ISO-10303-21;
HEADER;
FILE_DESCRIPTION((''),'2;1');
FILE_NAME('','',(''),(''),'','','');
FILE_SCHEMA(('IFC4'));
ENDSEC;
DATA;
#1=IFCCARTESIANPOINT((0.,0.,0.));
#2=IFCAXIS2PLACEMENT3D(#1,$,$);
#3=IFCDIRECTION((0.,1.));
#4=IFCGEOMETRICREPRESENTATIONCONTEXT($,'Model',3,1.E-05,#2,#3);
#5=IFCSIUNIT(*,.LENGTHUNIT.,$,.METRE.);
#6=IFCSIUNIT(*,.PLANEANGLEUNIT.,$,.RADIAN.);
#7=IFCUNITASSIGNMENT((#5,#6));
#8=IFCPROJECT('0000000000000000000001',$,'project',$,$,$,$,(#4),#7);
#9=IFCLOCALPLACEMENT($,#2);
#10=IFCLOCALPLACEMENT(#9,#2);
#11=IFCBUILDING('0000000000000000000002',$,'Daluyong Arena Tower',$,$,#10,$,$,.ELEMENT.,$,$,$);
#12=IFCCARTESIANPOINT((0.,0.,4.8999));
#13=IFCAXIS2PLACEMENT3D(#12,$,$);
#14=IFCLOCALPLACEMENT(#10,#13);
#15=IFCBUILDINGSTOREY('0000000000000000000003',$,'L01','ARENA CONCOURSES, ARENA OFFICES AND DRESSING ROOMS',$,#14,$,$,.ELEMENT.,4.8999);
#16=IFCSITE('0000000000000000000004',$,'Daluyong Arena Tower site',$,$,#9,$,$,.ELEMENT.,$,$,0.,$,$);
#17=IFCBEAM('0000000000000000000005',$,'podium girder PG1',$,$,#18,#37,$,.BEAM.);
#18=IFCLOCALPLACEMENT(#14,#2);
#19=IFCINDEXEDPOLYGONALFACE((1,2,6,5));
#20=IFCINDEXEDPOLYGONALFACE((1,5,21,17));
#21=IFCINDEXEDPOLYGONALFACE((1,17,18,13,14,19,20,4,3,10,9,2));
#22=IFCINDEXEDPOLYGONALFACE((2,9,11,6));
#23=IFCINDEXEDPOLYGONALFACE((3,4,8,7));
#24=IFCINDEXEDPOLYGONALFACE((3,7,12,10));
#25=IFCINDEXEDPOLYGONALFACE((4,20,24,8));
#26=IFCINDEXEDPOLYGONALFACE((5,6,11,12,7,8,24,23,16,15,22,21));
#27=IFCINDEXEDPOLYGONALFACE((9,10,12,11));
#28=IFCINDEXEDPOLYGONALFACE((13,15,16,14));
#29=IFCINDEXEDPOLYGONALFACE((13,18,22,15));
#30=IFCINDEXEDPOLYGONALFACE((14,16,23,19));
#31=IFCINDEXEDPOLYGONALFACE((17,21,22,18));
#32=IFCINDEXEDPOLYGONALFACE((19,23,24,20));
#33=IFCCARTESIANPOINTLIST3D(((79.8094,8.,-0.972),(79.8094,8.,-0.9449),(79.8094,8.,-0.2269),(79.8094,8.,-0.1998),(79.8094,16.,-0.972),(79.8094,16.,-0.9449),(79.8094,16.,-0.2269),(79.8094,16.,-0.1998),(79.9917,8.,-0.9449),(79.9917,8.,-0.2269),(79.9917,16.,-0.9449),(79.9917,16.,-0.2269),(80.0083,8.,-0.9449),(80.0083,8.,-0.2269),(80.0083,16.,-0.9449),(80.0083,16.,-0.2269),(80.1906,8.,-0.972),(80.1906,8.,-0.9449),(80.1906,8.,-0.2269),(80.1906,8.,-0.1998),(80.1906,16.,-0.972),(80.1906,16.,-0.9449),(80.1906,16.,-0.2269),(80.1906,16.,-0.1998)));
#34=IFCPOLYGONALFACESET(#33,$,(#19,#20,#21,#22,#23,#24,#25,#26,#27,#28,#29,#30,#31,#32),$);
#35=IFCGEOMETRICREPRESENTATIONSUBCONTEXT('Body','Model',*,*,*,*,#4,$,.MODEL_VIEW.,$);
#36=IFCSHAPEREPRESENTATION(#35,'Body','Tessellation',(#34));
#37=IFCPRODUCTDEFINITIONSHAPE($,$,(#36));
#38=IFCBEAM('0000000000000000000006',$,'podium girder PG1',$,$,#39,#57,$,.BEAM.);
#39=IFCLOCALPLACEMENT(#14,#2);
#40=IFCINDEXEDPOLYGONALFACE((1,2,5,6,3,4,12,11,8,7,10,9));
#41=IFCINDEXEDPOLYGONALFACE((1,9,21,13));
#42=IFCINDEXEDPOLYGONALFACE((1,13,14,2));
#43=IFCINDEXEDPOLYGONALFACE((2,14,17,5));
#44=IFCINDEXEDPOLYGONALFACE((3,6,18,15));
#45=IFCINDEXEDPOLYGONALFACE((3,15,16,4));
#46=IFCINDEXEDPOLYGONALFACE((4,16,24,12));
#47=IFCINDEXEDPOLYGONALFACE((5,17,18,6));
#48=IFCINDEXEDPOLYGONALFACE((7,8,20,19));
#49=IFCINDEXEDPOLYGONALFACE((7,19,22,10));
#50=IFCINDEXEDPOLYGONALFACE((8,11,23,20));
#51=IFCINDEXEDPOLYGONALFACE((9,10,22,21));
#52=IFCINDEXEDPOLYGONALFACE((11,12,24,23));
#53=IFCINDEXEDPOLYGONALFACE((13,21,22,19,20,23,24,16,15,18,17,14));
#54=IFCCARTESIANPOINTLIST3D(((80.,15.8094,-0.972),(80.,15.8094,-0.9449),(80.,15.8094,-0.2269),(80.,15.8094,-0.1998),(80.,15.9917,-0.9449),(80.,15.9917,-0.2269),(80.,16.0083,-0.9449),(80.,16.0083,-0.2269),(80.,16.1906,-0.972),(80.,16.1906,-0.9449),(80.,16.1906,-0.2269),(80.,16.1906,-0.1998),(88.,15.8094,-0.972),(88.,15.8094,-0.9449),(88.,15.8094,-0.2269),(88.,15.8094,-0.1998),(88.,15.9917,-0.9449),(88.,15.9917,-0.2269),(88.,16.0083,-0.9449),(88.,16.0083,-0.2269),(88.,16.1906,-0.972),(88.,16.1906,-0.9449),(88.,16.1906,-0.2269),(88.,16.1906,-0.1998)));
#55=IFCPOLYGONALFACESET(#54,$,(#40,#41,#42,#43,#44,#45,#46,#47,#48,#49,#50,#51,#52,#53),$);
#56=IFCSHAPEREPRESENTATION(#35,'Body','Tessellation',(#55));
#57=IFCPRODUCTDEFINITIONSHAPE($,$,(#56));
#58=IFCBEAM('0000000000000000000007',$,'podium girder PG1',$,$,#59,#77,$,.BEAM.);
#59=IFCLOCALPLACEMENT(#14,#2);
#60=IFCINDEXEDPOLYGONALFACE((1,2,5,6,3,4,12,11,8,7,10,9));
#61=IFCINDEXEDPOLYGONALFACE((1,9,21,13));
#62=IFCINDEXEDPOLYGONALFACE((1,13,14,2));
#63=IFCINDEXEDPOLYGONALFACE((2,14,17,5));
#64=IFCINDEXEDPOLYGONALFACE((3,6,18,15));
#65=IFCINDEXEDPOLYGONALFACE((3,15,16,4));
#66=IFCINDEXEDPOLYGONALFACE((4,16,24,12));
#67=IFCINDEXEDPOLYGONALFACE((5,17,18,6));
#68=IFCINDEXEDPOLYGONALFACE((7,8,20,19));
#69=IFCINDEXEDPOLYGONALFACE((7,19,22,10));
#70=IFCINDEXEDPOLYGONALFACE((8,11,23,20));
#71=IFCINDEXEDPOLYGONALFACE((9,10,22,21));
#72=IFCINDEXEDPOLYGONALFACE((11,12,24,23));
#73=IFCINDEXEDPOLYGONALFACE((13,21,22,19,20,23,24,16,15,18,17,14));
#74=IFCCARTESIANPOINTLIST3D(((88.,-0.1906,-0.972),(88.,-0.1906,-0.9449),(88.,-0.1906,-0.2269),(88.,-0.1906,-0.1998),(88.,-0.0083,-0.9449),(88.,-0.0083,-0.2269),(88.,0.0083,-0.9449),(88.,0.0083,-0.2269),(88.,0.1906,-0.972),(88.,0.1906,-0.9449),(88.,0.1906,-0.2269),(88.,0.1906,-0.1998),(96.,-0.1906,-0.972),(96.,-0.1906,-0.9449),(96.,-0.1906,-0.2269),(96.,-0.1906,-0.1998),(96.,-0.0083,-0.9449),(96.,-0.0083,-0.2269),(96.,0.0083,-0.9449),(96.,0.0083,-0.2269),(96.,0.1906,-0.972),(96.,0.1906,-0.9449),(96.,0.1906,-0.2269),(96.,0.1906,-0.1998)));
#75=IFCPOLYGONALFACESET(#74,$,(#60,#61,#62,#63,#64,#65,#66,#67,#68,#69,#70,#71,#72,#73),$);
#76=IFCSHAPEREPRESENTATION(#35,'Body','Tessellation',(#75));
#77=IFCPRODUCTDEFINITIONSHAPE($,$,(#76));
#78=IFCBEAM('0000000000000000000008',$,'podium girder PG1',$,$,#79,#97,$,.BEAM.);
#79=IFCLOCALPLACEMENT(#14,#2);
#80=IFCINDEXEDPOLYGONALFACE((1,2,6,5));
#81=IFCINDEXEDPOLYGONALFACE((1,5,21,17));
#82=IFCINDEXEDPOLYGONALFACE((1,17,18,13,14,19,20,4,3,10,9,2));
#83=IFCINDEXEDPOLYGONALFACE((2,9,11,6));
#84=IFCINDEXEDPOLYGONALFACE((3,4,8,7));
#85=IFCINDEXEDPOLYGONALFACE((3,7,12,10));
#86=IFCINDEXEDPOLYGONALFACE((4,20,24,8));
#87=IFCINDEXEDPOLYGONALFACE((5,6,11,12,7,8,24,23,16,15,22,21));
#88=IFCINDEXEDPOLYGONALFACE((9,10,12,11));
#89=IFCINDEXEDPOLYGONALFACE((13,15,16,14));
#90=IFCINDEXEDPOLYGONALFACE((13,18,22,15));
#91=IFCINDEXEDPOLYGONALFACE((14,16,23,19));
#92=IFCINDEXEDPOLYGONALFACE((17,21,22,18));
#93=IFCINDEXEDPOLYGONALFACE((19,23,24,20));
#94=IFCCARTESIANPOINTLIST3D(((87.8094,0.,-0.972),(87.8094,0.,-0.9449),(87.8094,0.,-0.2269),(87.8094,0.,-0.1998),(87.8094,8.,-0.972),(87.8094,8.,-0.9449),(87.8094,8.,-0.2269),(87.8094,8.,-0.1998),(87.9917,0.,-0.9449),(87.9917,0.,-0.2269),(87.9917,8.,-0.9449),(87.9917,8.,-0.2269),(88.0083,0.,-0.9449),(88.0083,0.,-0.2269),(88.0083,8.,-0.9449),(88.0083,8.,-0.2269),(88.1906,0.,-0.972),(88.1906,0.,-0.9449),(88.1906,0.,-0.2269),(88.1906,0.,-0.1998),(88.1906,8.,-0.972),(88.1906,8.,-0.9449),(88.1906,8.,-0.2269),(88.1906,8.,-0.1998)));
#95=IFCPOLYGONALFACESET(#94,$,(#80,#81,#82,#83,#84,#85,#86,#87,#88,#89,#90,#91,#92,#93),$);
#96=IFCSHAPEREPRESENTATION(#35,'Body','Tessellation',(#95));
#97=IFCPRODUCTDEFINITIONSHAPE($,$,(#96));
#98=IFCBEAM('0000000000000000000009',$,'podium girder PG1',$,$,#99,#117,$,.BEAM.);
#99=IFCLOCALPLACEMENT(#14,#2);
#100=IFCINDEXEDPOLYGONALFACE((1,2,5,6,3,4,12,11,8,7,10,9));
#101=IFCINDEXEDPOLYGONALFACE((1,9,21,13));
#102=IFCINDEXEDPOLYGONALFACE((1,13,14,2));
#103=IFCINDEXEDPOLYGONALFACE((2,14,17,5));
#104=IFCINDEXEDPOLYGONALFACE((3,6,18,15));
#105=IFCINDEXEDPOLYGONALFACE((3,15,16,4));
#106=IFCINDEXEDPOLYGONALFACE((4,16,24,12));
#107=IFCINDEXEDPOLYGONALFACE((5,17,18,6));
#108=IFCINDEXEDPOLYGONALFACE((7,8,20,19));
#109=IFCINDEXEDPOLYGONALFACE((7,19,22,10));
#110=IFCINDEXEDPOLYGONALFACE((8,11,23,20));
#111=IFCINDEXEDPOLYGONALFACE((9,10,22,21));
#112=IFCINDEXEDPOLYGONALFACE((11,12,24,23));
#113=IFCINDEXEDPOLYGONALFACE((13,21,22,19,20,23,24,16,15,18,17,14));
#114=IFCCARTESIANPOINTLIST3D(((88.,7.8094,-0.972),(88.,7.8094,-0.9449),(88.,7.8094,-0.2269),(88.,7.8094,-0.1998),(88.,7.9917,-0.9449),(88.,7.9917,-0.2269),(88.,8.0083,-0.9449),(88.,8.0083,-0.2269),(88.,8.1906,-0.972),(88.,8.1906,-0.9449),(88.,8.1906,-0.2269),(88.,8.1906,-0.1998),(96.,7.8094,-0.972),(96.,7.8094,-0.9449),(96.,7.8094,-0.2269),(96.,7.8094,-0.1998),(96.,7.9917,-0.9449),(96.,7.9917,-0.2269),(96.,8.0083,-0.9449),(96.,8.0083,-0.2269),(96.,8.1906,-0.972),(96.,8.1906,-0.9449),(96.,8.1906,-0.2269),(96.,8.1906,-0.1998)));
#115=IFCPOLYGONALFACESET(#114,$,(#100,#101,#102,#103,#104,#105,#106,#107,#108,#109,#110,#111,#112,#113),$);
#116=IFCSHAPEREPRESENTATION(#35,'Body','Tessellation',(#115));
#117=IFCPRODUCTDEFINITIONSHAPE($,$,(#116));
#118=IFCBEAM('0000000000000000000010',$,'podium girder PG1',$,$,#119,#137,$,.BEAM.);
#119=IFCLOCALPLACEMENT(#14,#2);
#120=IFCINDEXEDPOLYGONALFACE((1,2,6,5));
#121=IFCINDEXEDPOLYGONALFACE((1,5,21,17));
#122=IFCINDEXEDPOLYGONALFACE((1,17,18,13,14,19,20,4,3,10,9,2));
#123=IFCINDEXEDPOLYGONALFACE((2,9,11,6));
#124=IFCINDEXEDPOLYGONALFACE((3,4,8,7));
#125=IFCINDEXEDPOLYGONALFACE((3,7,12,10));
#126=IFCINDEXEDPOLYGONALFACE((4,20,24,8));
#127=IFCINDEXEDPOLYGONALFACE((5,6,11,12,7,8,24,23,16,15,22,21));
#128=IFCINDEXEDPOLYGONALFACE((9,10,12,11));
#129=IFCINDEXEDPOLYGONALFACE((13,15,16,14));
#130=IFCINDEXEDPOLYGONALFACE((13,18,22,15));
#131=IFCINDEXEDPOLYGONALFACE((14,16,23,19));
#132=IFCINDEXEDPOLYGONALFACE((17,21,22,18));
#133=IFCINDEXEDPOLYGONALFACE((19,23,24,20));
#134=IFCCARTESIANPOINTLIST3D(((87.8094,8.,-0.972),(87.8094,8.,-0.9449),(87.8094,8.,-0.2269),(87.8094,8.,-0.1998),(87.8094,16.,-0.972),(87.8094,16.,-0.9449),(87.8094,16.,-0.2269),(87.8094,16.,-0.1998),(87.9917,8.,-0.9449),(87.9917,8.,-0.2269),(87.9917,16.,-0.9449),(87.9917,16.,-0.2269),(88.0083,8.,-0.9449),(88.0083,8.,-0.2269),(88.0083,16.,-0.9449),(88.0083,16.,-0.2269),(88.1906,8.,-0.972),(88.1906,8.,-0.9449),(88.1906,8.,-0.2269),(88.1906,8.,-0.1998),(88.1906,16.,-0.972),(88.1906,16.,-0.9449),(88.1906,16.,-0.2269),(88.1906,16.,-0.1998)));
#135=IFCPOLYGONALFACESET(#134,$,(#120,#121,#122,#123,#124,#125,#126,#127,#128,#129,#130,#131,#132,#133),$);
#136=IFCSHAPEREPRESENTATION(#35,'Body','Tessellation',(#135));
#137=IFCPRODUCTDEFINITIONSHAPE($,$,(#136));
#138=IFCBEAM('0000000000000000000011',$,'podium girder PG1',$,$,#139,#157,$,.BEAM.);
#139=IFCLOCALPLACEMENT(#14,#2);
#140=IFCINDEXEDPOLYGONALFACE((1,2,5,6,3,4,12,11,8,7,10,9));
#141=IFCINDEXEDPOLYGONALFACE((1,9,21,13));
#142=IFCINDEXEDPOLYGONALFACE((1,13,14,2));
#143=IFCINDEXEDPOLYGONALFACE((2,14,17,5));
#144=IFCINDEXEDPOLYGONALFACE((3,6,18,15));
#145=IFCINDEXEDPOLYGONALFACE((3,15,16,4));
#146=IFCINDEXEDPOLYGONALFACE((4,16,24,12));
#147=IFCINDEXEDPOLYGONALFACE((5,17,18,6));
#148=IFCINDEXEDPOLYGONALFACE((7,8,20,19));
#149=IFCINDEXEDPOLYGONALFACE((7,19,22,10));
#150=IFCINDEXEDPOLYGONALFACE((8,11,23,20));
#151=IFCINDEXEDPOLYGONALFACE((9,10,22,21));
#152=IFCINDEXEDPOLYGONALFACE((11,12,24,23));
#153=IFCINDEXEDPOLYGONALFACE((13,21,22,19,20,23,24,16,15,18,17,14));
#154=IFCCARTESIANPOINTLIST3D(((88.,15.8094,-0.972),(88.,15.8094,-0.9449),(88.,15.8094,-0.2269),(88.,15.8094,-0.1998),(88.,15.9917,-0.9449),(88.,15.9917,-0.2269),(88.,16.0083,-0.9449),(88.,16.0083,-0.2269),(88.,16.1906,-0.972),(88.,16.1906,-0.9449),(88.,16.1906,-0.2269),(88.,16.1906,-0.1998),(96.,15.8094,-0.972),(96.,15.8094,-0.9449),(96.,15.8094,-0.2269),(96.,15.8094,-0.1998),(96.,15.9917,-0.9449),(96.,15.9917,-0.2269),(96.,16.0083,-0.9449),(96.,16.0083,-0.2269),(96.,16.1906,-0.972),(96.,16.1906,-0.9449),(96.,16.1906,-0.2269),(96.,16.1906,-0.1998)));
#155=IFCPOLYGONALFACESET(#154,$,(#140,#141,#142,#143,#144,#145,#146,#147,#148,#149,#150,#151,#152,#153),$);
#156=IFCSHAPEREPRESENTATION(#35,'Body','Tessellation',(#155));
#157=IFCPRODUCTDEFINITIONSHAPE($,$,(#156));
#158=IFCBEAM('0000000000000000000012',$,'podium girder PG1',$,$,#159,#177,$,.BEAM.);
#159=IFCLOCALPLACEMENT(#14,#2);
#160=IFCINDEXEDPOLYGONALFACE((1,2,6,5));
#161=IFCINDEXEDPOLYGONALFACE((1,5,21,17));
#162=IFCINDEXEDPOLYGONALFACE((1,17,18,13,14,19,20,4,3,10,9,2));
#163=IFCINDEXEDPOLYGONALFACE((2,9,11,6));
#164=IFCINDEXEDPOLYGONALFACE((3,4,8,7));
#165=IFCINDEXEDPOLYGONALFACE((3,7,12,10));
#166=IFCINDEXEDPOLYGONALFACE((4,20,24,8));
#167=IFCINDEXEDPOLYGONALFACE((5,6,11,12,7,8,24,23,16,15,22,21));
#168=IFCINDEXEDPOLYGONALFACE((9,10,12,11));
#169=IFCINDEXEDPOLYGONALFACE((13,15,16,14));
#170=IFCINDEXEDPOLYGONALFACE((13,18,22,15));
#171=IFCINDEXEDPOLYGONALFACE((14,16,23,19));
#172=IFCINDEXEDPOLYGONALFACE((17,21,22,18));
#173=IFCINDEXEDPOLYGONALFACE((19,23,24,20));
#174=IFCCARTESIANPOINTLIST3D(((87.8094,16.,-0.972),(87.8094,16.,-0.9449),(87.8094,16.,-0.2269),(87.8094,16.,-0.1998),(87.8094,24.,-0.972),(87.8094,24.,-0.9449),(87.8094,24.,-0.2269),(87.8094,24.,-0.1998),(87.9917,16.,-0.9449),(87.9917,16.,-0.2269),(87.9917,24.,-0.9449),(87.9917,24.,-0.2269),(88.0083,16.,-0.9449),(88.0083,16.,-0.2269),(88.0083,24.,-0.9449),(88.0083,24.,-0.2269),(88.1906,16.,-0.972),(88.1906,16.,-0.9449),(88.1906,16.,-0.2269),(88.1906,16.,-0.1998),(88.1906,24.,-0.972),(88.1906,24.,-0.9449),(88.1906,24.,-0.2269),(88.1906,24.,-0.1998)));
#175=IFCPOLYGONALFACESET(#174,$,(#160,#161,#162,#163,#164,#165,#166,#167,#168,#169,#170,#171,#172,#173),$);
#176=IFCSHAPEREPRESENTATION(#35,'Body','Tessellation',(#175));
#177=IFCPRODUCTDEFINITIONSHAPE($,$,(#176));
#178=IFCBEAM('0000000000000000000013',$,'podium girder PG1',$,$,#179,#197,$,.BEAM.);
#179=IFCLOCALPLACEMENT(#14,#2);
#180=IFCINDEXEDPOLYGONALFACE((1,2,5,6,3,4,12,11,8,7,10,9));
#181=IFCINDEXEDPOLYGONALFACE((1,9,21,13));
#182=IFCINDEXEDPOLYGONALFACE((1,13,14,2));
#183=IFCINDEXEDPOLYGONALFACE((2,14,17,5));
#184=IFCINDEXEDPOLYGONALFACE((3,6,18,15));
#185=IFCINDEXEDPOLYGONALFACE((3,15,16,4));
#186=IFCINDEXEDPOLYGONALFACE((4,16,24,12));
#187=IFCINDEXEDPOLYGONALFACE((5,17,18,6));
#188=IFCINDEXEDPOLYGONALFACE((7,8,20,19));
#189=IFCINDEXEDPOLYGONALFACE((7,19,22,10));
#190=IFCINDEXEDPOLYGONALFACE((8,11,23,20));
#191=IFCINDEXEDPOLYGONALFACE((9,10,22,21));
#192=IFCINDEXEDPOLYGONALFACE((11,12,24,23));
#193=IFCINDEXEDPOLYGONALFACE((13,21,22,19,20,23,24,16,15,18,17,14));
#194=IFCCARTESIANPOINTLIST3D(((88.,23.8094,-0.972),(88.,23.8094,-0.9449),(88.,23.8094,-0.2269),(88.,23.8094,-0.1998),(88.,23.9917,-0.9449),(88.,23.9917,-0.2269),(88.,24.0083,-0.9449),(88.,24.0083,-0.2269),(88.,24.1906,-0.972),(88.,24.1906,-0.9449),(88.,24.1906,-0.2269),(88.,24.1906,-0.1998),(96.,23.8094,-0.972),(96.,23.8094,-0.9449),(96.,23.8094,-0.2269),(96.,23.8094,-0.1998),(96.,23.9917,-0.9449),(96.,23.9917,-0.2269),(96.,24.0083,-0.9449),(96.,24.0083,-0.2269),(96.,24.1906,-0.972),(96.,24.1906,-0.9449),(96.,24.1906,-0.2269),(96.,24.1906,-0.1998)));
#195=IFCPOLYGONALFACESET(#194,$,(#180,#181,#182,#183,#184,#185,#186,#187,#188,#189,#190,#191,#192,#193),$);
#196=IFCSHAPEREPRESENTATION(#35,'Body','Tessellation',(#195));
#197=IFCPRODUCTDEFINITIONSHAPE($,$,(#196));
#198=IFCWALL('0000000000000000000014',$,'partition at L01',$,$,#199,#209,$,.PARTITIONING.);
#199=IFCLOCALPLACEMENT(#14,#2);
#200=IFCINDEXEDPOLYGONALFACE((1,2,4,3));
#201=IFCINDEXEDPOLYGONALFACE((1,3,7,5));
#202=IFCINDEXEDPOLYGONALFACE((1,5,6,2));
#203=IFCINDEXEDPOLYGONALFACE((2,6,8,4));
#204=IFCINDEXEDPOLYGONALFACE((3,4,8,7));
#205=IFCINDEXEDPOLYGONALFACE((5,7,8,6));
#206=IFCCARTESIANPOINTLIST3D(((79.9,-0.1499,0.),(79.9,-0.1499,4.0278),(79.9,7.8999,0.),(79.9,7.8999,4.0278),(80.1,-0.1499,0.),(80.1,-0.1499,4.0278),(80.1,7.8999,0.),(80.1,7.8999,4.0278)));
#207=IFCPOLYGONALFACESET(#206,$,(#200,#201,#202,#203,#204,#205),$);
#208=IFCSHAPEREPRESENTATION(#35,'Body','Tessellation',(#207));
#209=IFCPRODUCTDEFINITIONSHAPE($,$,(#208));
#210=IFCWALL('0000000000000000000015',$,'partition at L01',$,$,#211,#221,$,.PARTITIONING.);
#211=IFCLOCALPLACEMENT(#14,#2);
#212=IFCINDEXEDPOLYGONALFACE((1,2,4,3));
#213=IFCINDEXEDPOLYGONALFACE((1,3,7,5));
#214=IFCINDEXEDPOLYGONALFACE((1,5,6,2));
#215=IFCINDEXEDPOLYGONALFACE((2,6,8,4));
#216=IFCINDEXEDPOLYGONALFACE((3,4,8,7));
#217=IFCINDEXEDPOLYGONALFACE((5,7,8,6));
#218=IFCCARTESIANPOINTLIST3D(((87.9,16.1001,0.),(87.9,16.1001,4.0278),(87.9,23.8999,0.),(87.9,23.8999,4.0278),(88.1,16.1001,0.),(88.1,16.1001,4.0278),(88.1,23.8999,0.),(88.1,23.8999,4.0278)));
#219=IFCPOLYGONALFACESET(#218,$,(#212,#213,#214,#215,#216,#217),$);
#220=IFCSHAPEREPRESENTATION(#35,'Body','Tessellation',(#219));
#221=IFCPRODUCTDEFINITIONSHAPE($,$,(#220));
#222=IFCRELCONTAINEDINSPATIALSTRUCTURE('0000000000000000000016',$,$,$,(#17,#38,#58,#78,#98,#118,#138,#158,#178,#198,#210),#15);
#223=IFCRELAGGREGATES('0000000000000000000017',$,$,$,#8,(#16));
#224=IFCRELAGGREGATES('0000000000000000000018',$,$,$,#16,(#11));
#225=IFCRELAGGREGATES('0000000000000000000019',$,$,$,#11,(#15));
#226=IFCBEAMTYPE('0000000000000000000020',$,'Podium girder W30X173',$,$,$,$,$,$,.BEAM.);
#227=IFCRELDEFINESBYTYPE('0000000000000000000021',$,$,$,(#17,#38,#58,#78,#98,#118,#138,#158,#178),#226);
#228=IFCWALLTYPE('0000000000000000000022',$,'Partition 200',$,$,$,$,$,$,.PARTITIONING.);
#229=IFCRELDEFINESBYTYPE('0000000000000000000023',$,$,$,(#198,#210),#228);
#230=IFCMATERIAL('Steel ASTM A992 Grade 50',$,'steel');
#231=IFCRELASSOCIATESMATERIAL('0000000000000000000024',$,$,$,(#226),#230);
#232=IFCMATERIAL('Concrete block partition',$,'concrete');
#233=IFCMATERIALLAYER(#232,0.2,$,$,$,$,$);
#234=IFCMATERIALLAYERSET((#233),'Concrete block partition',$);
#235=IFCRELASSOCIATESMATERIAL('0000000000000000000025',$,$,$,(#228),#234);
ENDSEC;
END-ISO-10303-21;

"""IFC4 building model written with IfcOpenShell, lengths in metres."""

from ifc_helpers import new_model, si_unit, direction, frame, frame_2d, origin, origin_2d, place, context, subcontext, project, spatial, rectangle, i_section, extrude, material, layer, layer_set, material_profile, profile_set, type_object, element, save


model = new_model("IFC4")

# Units and contexts
model_context = context("Model", 3, precision=1e-05, world=origin(), true_north=direction((0.0, 1.0)))
body_context = subcontext(model_context, "Body", "Model", "MODEL_VIEW")
ifc_project = project(units=[si_unit("LENGTHUNIT", "METRE"), si_unit("PLANEANGLEUNIT", "RADIAN")], contexts=[model_context])

# Site, building, storey
site_placement = place(None, origin())
site = spatial("IfcSite", under=ifc_project, at=site_placement, Name="Daluyong Arena Tower site", CompositionType="ELEMENT", RefElevation=0.0)
building_placement = place(site_placement, origin())
building = spatial("IfcBuilding", under=site, at=building_placement, Name="Daluyong Arena Tower", CompositionType="ELEMENT")
storey_placement = place(building_placement, frame((0.0, 0.0, 4.8999)))
storey = spatial("IfcBuildingStorey", under=building, at=storey_placement, Name="L01", Description="ARENA CONCOURSES, ARENA OFFICES AND DRESSING ROOMS", CompositionType="ELEMENT", Elevation=4.8999)

# Beams
ifc_material_1 = material(Name="Steel ASTM A992 Grade 50", Category="steel")
ifc_material_profile_1 = material_profile(ifc_material_1, i_section(OverallWidth=0.3811, OverallDepth=0.7722, WebThickness=0.0166, FlangeThickness=0.0271, at=origin_2d()))
ifc_profile_set_1 = profile_set([ifc_material_profile_1], Name="Steel ASTM A992 Grade 50")
beam_type_1 = type_object("IfcBeamType", Name="Podium girder W30X173", PredefinedType="BEAM", material=ifc_profile_set_1)
for number, where, z_axis, x_axis, name in (
    (1, (80.0, 8.0, -0.5859), (0.0, 1.0, 0.0), (-1.0, 0.0, 0.0), "podium girder PG1"),
    (2, (80.0, 16.0, -0.5859), (1.0, 0.0, 0.0), (0.0, 1.0, 0.0), "podium girder PG1"),
    (3, (88.0, 0.0, -0.5859), (1.0, 0.0, 0.0), (0.0, 1.0, 0.0), "podium girder PG1"),
    (4, (88.0, 0.0, -0.5859), (0.0, 1.0, 0.0), (-1.0, 0.0, 0.0), "podium girder PG1"),
    (5, (88.0, 8.0, -0.5859), (1.0, 0.0, 0.0), (0.0, 1.0, 0.0), "podium girder PG1"),
    (6, (88.0, 8.0, -0.5859), (0.0, 1.0, 0.0), (-1.0, 0.0, 0.0), "podium girder PG1"),
    (7, (88.0, 16.0, -0.5859), (1.0, 0.0, 0.0), (0.0, 1.0, 0.0), "podium girder PG1"),
    (8, (88.0, 16.0, -0.5859), (0.0, 1.0, 0.0), (-1.0, 0.0, 0.0), "podium girder PG1"),
    (9, (88.0, 24.0, -0.5859), (1.0, 0.0, 0.0), (0.0, 1.0, 0.0), "podium girder PG1"),
):
    element("IfcBeam", number, at=place(storey_placement, frame(where, z_axis=z_axis, x_axis=x_axis)), inside=storey, type_object=beam_type_1, Name=name, PredefinedType="BEAM", context=body_context, shape_type="SweptSolid", body=[
        extrude(i_section(OverallWidth=0.3811, OverallDepth=0.7722, WebThickness=0.0166, FlangeThickness=0.0271, at=origin_2d()), origin(), (0.0, 0.0, 1.0), 8.0),
    ])

# Walls
ifc_material_2 = material(Name="Concrete block partition", Category="concrete")
ifc_layer = layer(ifc_material_2, 0.2)
ifc_layer_set = layer_set([ifc_layer], Name="Concrete block partition")
wall_type = type_object("IfcWallType", Name="Partition 200", PredefinedType="PARTITIONING", material=ifc_layer_set)
wall_1_placement = place(storey_placement, frame((80.0, -0.1499, 0.0), z_axis=(0.0, 0.0, 1.0), x_axis=(0.0, 1.0, 0.0)))
element("IfcWall", 10, at=wall_1_placement, inside=storey, type_object=wall_type, Name="partition at L01", PredefinedType="PARTITIONING", context=body_context, shape_type="SweptSolid", body=[
    extrude(rectangle(XDim=8.0498, YDim=0.2, at=frame_2d((4.0249, 0.0))), origin(), (0.0, 0.0, 1.0), 4.0278),
])
wall_2_placement = place(storey_placement, frame((88.0, 16.1001, 0.0), z_axis=(0.0, 0.0, 1.0), x_axis=(0.0, 1.0, 0.0)))
element("IfcWall", 11, at=wall_2_placement, inside=storey, type_object=wall_type, Name="partition at L01", PredefinedType="PARTITIONING", context=body_context, shape_type="SweptSolid", body=[
    extrude(rectangle(XDim=7.7998, YDim=0.2, at=frame_2d((3.8999, 0.0))), origin(), (0.0, 0.0, 1.0), 4.0278),
])

save(model, "model.ifc")
